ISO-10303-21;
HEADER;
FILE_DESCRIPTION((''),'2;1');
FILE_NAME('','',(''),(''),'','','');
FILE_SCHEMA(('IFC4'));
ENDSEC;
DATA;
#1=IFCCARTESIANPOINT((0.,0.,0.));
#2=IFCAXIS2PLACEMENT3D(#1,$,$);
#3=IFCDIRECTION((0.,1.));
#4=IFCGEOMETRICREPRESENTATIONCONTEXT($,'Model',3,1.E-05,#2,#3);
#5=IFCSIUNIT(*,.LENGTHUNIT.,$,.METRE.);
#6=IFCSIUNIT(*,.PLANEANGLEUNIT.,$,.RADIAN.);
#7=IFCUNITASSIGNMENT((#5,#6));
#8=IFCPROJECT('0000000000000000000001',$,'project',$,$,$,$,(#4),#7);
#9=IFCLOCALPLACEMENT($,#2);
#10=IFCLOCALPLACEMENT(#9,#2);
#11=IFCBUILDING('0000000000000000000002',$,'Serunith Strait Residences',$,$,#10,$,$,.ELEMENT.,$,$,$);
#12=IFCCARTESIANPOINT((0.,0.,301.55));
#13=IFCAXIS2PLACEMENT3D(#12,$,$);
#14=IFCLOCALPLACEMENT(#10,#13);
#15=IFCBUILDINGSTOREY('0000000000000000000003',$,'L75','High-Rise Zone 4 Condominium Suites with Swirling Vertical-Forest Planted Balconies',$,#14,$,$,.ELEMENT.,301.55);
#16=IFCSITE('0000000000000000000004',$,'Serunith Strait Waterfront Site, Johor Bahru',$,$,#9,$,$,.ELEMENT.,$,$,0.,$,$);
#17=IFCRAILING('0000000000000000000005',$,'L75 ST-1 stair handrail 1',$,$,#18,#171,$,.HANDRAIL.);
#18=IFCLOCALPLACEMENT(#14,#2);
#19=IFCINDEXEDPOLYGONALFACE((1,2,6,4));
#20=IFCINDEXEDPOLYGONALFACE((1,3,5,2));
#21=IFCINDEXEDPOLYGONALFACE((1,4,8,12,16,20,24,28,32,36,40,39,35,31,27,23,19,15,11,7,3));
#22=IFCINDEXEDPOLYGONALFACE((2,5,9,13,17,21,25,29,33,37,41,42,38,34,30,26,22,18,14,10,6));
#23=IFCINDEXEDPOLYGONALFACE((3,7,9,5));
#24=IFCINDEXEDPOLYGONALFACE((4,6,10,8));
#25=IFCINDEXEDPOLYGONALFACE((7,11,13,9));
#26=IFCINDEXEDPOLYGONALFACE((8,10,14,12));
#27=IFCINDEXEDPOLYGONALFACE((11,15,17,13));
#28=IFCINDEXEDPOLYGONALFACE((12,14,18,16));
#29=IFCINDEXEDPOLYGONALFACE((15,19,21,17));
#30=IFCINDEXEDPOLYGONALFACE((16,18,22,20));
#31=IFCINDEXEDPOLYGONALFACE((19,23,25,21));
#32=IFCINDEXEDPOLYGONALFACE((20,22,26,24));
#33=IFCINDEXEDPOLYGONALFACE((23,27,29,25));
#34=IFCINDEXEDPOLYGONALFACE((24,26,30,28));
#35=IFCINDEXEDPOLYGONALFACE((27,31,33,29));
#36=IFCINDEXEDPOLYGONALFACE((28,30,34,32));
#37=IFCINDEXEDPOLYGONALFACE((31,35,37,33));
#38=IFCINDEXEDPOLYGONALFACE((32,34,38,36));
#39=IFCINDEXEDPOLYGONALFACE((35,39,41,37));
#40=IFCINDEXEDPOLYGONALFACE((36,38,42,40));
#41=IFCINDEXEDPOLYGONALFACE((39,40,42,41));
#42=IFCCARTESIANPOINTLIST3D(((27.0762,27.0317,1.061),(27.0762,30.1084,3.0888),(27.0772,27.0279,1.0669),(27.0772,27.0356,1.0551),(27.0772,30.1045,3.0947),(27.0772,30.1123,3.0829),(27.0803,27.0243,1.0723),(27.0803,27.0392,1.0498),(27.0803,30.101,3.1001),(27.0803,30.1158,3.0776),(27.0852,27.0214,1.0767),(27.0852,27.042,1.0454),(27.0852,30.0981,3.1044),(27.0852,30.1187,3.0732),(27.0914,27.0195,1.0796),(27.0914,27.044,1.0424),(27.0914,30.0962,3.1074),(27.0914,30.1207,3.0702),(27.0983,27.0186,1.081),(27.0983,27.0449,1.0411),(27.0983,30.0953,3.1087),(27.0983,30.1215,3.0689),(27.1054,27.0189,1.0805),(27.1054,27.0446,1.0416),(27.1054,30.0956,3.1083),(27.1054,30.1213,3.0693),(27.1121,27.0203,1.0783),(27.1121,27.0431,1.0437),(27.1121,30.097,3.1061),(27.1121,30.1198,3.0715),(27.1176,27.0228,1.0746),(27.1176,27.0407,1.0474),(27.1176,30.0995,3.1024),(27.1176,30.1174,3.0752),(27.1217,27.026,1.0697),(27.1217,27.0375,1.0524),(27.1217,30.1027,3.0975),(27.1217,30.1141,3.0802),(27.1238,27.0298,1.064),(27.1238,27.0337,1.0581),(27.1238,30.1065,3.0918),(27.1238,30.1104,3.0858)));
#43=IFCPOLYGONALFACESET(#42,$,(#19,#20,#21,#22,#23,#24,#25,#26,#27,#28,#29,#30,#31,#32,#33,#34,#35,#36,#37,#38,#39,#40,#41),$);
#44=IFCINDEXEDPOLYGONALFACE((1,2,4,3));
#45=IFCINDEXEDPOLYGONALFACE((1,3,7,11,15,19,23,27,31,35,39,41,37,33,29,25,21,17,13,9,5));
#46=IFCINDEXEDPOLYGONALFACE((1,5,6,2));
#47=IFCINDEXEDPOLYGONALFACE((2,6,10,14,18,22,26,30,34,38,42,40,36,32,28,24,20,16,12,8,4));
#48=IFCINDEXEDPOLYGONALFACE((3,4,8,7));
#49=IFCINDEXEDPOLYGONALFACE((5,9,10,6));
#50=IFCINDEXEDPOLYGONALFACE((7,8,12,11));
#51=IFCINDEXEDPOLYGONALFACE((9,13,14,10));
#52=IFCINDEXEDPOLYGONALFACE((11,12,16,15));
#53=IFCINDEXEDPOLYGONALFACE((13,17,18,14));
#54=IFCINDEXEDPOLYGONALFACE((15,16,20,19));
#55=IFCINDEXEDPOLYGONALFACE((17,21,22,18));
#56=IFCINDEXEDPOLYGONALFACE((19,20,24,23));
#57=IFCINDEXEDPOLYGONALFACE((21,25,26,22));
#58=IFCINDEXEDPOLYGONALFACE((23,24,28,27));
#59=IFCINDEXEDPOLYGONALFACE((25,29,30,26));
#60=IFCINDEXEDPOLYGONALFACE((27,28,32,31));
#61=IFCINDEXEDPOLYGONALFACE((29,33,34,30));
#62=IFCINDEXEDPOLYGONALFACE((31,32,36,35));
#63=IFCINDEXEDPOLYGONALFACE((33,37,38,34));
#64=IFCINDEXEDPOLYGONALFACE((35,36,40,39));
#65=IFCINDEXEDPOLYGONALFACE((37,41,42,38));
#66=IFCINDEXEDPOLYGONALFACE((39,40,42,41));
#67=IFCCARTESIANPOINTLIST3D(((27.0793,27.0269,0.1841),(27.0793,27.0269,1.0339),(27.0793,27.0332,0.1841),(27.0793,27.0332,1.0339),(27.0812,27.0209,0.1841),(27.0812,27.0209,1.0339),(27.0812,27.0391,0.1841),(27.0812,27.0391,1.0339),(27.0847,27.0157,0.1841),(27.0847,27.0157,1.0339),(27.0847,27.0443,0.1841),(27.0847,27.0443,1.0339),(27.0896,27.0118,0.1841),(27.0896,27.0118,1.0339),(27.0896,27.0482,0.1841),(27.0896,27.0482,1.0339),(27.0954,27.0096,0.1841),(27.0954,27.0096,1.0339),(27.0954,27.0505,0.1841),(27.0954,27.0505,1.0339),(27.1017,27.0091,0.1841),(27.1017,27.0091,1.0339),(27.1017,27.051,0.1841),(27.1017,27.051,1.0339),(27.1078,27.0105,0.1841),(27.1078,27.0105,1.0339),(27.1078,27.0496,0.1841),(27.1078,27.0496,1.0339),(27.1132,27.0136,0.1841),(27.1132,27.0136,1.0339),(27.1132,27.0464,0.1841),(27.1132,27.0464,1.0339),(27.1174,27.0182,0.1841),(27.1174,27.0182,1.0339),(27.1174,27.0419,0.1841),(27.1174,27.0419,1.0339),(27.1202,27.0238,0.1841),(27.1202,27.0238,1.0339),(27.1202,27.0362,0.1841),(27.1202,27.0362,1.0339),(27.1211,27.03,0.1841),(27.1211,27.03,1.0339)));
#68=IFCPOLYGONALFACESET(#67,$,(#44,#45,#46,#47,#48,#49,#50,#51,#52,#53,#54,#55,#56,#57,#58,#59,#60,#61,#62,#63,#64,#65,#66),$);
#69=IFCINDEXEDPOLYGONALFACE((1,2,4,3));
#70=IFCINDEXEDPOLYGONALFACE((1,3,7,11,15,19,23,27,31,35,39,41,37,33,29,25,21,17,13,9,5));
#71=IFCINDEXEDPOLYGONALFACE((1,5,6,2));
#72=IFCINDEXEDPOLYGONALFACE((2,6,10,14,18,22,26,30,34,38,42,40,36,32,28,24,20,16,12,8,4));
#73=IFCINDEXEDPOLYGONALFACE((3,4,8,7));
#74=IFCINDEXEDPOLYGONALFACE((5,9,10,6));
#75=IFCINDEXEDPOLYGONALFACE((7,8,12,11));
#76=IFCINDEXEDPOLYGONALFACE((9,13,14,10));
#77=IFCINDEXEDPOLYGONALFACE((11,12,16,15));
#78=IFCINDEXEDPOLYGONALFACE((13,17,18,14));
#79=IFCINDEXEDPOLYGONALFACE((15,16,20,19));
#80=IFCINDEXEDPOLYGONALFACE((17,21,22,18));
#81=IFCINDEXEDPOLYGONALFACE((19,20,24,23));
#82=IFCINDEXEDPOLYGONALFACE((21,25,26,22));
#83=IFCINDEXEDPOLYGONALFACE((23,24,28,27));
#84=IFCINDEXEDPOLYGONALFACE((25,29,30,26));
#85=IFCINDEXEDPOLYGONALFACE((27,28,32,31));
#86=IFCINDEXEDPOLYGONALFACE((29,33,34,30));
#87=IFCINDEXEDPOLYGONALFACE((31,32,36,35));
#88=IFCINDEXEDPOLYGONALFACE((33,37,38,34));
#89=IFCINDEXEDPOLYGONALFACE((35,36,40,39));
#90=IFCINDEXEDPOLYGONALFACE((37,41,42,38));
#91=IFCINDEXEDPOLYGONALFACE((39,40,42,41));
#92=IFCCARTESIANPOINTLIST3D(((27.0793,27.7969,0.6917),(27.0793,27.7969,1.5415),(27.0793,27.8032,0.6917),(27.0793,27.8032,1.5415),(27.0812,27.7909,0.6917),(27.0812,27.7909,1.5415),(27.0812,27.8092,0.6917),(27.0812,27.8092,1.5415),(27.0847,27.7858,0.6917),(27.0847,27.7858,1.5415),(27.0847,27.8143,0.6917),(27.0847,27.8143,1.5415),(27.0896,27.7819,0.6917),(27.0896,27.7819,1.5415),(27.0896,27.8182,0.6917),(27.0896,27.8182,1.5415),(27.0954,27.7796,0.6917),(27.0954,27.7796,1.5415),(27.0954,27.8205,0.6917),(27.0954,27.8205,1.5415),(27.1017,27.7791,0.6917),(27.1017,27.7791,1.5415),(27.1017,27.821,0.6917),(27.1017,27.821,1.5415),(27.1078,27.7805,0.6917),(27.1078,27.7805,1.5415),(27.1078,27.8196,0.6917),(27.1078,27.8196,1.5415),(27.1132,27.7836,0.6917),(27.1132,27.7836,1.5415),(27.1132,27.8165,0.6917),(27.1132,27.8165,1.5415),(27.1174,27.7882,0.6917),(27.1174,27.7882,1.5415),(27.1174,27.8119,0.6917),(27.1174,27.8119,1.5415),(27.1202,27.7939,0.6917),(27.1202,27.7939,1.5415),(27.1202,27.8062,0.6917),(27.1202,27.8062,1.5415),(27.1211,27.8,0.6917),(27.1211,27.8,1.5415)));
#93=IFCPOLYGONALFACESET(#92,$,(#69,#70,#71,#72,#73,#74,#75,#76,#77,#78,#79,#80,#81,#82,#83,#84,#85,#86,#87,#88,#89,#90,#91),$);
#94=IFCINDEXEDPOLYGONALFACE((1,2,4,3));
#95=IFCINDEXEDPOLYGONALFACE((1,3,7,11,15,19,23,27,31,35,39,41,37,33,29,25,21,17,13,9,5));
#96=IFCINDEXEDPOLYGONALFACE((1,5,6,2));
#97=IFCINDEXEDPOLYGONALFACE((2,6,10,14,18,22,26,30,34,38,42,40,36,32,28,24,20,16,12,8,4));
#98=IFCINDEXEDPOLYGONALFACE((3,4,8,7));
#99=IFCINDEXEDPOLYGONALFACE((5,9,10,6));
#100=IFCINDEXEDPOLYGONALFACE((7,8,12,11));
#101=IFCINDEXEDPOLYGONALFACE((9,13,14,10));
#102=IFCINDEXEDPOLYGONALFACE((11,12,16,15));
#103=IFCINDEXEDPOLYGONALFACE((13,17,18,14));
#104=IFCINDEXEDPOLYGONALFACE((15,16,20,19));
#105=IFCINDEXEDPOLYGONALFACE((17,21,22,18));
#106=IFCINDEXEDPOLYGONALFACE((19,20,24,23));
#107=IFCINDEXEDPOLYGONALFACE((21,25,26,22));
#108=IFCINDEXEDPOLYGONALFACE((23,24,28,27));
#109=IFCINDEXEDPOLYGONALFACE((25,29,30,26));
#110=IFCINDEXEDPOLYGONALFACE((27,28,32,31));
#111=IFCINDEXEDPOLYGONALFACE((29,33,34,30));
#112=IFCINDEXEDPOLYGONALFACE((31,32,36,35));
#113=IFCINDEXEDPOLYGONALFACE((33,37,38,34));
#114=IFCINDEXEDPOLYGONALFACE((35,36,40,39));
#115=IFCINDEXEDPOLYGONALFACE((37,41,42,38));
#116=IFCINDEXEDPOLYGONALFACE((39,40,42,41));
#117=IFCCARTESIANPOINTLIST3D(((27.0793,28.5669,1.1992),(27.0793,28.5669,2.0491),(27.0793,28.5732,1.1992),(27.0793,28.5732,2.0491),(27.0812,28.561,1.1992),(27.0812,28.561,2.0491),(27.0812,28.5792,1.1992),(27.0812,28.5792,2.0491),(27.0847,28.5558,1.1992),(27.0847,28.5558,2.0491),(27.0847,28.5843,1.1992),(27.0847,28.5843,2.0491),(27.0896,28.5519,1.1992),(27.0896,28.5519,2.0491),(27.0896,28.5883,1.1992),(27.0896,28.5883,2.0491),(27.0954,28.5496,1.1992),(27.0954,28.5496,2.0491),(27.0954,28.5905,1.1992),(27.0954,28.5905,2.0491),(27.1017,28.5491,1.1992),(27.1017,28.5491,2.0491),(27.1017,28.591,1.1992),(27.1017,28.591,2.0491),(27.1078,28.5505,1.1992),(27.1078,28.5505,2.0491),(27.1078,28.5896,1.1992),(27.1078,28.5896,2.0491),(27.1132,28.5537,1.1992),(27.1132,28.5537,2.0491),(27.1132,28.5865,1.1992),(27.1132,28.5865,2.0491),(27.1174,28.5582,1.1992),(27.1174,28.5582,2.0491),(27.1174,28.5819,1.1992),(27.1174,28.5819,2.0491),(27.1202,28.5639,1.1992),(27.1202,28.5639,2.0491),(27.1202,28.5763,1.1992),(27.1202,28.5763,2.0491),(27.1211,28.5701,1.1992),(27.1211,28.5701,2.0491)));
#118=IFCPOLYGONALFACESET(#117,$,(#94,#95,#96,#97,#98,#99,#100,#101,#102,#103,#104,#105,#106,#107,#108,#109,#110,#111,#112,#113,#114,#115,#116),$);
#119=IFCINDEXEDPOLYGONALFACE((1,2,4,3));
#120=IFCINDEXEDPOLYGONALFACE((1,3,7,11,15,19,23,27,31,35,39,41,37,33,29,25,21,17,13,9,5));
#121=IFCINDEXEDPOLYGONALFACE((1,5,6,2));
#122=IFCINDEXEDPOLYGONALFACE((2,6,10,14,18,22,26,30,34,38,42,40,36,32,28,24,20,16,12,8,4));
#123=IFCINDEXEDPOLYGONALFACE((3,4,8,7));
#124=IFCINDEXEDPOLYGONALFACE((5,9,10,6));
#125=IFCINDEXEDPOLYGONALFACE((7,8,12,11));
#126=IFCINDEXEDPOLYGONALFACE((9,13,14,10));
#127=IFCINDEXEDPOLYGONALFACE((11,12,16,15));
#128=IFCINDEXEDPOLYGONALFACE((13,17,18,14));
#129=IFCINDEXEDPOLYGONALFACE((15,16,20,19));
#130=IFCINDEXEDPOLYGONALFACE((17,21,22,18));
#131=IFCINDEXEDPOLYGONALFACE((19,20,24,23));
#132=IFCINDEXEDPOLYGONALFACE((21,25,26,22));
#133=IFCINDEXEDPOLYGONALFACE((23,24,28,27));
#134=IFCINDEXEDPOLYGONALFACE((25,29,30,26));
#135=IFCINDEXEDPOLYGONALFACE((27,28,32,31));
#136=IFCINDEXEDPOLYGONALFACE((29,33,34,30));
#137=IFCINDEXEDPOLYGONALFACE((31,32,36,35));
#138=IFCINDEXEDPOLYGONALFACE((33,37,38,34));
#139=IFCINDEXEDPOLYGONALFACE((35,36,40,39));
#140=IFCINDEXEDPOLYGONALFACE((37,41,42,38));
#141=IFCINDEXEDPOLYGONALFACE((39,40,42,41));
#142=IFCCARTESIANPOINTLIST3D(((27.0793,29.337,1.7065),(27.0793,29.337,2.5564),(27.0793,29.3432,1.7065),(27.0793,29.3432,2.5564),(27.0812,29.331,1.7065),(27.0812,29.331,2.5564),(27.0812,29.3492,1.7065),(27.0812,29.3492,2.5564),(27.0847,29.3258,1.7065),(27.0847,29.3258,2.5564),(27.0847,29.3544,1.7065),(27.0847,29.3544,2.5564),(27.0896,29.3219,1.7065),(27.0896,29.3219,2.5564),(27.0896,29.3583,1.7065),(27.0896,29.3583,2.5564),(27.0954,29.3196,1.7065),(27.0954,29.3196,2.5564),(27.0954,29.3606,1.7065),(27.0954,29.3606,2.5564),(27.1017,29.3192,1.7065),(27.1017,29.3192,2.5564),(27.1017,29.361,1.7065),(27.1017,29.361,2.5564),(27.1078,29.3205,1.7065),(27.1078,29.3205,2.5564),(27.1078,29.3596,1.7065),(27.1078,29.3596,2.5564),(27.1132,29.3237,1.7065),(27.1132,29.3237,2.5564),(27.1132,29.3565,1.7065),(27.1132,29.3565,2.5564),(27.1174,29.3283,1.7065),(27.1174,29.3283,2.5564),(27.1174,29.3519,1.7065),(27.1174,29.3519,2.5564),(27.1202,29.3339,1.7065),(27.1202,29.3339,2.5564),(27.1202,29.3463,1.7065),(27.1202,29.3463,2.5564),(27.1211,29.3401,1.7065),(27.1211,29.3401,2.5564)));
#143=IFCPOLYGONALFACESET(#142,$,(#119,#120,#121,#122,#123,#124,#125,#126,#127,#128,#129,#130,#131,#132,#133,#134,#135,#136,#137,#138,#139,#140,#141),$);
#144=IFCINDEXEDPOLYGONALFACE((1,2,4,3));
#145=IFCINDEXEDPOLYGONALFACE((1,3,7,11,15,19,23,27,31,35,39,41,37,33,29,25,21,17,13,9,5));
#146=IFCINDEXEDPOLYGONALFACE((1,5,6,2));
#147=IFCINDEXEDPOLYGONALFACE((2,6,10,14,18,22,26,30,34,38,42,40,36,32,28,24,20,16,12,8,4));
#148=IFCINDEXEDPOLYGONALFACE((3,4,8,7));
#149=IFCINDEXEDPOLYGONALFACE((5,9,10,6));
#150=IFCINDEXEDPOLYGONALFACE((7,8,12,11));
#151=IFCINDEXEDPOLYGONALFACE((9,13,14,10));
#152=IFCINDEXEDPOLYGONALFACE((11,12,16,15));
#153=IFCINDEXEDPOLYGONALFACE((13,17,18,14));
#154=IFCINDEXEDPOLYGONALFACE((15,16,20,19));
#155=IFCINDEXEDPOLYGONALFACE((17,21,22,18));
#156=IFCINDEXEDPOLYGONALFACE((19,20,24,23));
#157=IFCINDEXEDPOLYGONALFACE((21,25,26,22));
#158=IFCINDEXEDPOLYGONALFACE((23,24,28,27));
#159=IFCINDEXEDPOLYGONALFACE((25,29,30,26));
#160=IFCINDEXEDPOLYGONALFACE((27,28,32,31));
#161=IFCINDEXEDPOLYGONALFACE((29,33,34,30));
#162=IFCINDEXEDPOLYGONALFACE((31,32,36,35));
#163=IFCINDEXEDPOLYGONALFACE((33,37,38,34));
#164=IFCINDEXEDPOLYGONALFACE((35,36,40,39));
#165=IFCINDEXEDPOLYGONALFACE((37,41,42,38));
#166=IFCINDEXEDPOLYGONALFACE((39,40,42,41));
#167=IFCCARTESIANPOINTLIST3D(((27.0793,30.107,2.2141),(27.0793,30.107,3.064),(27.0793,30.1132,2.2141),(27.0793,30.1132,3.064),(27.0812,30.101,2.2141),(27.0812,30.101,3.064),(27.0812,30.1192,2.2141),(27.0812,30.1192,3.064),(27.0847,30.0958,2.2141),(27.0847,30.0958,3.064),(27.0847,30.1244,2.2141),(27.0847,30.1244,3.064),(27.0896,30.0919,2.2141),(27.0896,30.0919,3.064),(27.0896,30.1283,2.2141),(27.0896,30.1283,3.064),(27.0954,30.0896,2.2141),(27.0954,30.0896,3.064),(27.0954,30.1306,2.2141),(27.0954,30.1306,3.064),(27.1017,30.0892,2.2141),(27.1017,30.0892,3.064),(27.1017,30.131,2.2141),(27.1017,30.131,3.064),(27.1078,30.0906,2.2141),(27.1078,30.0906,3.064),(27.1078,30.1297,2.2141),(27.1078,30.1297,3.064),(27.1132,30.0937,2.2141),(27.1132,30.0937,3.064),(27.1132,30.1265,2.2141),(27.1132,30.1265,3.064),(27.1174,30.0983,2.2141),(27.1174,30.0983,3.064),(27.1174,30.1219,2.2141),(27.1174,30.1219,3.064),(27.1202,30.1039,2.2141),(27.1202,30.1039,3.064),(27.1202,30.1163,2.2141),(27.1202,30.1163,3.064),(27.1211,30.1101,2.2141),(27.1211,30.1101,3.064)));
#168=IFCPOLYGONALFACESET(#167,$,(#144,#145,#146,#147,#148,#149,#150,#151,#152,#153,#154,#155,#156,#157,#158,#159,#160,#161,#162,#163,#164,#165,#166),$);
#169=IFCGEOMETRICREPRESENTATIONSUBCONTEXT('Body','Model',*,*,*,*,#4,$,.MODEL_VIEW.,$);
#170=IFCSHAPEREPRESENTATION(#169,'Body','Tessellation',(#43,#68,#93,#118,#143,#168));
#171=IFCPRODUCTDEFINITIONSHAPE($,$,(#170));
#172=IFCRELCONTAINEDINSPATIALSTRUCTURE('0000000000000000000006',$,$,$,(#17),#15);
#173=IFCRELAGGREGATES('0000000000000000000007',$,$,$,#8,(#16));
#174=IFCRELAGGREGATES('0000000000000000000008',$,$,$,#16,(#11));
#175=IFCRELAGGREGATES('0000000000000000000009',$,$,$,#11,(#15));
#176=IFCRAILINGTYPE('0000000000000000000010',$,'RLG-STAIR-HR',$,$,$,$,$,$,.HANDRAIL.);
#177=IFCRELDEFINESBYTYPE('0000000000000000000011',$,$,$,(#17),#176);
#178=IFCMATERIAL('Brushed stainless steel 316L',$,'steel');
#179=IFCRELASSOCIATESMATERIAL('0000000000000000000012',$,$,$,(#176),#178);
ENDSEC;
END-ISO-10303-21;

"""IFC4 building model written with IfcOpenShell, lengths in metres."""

from ifc_helpers import new_model, si_unit, direction, frame, origin, origin_2d, place, context, subcontext, project, spatial, circle, extrude, material, type_object, element, save


model = new_model("IFC4")

# Units and contexts
model_context = context("Model", 3, precision=1e-05, world=origin(), true_north=direction((0.0, 1.0)))
body_context = subcontext(model_context, "Body", "Model", "MODEL_VIEW")
ifc_project = project(units=[si_unit("LENGTHUNIT", "METRE"), si_unit("PLANEANGLEUNIT", "RADIAN")], contexts=[model_context])

# Site, building, storey
site_placement = place(None, origin())
site = spatial("IfcSite", under=ifc_project, at=site_placement, Name="Serunith Strait Waterfront Site, Johor Bahru", CompositionType="ELEMENT", RefElevation=0.0)
building_placement = place(site_placement, origin())
building = spatial("IfcBuilding", under=site, at=building_placement, Name="Serunith Strait Residences", CompositionType="ELEMENT")
storey_placement = place(building_placement, frame((0.0, 0.0, 301.55)))
storey = spatial("IfcBuildingStorey", under=building, at=storey_placement, Name="L75", Description="High-Rise Zone 4 Condominium Suites with Swirling Vertical-Forest Planted Balconies", CompositionType="ELEMENT", Elevation=301.55)

# Railing
ifc_material_1 = material(Name="Brushed stainless steel 316L", Category="steel")
railing_type_1 = type_object("IfcRailingType", Name="RLG-STAIR-HR", PredefinedType="HANDRAIL", material=ifc_material_1)
railing_1_placement = place(storey_placement, frame((27.1001, 27.03, 0.1841)))
element("IfcRailing", 1, at=railing_1_placement, inside=storey, type_object=railing_type_1, Name="L75 ST-1 stair handrail 1", PredefinedType="HANDRAIL", context=body_context, shape_type="SweptSolid", body=[
    extrude(circle(Radius=0.0239, at=origin_2d()), frame((0.0, 0.0017, 0.877), z_axis=(0.0, 0.834961, 0.550309), x_axis=(-1.0, 0.0, 0.0)), (0.0, 0.0, 1.0), 3.6848),
    extrude(circle(Radius=0.021, at=origin_2d()), origin(), (0.0, 0.0, 1.0), 0.8499),
    extrude(circle(Radius=0.021, at=origin_2d()), frame((0.0, 0.77, 0.5076)), (0.0, 0.0, 1.0), 0.8499),
    extrude(circle(Radius=0.021, at=origin_2d()), frame((0.0, 1.54, 1.0151)), (0.0, 0.0, 1.0), 0.8499),
    extrude(circle(Radius=0.021, at=origin_2d()), frame((0.0, 2.3101, 1.5225)), (0.0, 0.0, 1.0), 0.8499),
    extrude(circle(Radius=0.021, at=origin_2d()), frame((0.0, 3.0801, 2.03)), (0.0, 0.0, 1.0), 0.8499),
])

save(model, "model.ifc")
